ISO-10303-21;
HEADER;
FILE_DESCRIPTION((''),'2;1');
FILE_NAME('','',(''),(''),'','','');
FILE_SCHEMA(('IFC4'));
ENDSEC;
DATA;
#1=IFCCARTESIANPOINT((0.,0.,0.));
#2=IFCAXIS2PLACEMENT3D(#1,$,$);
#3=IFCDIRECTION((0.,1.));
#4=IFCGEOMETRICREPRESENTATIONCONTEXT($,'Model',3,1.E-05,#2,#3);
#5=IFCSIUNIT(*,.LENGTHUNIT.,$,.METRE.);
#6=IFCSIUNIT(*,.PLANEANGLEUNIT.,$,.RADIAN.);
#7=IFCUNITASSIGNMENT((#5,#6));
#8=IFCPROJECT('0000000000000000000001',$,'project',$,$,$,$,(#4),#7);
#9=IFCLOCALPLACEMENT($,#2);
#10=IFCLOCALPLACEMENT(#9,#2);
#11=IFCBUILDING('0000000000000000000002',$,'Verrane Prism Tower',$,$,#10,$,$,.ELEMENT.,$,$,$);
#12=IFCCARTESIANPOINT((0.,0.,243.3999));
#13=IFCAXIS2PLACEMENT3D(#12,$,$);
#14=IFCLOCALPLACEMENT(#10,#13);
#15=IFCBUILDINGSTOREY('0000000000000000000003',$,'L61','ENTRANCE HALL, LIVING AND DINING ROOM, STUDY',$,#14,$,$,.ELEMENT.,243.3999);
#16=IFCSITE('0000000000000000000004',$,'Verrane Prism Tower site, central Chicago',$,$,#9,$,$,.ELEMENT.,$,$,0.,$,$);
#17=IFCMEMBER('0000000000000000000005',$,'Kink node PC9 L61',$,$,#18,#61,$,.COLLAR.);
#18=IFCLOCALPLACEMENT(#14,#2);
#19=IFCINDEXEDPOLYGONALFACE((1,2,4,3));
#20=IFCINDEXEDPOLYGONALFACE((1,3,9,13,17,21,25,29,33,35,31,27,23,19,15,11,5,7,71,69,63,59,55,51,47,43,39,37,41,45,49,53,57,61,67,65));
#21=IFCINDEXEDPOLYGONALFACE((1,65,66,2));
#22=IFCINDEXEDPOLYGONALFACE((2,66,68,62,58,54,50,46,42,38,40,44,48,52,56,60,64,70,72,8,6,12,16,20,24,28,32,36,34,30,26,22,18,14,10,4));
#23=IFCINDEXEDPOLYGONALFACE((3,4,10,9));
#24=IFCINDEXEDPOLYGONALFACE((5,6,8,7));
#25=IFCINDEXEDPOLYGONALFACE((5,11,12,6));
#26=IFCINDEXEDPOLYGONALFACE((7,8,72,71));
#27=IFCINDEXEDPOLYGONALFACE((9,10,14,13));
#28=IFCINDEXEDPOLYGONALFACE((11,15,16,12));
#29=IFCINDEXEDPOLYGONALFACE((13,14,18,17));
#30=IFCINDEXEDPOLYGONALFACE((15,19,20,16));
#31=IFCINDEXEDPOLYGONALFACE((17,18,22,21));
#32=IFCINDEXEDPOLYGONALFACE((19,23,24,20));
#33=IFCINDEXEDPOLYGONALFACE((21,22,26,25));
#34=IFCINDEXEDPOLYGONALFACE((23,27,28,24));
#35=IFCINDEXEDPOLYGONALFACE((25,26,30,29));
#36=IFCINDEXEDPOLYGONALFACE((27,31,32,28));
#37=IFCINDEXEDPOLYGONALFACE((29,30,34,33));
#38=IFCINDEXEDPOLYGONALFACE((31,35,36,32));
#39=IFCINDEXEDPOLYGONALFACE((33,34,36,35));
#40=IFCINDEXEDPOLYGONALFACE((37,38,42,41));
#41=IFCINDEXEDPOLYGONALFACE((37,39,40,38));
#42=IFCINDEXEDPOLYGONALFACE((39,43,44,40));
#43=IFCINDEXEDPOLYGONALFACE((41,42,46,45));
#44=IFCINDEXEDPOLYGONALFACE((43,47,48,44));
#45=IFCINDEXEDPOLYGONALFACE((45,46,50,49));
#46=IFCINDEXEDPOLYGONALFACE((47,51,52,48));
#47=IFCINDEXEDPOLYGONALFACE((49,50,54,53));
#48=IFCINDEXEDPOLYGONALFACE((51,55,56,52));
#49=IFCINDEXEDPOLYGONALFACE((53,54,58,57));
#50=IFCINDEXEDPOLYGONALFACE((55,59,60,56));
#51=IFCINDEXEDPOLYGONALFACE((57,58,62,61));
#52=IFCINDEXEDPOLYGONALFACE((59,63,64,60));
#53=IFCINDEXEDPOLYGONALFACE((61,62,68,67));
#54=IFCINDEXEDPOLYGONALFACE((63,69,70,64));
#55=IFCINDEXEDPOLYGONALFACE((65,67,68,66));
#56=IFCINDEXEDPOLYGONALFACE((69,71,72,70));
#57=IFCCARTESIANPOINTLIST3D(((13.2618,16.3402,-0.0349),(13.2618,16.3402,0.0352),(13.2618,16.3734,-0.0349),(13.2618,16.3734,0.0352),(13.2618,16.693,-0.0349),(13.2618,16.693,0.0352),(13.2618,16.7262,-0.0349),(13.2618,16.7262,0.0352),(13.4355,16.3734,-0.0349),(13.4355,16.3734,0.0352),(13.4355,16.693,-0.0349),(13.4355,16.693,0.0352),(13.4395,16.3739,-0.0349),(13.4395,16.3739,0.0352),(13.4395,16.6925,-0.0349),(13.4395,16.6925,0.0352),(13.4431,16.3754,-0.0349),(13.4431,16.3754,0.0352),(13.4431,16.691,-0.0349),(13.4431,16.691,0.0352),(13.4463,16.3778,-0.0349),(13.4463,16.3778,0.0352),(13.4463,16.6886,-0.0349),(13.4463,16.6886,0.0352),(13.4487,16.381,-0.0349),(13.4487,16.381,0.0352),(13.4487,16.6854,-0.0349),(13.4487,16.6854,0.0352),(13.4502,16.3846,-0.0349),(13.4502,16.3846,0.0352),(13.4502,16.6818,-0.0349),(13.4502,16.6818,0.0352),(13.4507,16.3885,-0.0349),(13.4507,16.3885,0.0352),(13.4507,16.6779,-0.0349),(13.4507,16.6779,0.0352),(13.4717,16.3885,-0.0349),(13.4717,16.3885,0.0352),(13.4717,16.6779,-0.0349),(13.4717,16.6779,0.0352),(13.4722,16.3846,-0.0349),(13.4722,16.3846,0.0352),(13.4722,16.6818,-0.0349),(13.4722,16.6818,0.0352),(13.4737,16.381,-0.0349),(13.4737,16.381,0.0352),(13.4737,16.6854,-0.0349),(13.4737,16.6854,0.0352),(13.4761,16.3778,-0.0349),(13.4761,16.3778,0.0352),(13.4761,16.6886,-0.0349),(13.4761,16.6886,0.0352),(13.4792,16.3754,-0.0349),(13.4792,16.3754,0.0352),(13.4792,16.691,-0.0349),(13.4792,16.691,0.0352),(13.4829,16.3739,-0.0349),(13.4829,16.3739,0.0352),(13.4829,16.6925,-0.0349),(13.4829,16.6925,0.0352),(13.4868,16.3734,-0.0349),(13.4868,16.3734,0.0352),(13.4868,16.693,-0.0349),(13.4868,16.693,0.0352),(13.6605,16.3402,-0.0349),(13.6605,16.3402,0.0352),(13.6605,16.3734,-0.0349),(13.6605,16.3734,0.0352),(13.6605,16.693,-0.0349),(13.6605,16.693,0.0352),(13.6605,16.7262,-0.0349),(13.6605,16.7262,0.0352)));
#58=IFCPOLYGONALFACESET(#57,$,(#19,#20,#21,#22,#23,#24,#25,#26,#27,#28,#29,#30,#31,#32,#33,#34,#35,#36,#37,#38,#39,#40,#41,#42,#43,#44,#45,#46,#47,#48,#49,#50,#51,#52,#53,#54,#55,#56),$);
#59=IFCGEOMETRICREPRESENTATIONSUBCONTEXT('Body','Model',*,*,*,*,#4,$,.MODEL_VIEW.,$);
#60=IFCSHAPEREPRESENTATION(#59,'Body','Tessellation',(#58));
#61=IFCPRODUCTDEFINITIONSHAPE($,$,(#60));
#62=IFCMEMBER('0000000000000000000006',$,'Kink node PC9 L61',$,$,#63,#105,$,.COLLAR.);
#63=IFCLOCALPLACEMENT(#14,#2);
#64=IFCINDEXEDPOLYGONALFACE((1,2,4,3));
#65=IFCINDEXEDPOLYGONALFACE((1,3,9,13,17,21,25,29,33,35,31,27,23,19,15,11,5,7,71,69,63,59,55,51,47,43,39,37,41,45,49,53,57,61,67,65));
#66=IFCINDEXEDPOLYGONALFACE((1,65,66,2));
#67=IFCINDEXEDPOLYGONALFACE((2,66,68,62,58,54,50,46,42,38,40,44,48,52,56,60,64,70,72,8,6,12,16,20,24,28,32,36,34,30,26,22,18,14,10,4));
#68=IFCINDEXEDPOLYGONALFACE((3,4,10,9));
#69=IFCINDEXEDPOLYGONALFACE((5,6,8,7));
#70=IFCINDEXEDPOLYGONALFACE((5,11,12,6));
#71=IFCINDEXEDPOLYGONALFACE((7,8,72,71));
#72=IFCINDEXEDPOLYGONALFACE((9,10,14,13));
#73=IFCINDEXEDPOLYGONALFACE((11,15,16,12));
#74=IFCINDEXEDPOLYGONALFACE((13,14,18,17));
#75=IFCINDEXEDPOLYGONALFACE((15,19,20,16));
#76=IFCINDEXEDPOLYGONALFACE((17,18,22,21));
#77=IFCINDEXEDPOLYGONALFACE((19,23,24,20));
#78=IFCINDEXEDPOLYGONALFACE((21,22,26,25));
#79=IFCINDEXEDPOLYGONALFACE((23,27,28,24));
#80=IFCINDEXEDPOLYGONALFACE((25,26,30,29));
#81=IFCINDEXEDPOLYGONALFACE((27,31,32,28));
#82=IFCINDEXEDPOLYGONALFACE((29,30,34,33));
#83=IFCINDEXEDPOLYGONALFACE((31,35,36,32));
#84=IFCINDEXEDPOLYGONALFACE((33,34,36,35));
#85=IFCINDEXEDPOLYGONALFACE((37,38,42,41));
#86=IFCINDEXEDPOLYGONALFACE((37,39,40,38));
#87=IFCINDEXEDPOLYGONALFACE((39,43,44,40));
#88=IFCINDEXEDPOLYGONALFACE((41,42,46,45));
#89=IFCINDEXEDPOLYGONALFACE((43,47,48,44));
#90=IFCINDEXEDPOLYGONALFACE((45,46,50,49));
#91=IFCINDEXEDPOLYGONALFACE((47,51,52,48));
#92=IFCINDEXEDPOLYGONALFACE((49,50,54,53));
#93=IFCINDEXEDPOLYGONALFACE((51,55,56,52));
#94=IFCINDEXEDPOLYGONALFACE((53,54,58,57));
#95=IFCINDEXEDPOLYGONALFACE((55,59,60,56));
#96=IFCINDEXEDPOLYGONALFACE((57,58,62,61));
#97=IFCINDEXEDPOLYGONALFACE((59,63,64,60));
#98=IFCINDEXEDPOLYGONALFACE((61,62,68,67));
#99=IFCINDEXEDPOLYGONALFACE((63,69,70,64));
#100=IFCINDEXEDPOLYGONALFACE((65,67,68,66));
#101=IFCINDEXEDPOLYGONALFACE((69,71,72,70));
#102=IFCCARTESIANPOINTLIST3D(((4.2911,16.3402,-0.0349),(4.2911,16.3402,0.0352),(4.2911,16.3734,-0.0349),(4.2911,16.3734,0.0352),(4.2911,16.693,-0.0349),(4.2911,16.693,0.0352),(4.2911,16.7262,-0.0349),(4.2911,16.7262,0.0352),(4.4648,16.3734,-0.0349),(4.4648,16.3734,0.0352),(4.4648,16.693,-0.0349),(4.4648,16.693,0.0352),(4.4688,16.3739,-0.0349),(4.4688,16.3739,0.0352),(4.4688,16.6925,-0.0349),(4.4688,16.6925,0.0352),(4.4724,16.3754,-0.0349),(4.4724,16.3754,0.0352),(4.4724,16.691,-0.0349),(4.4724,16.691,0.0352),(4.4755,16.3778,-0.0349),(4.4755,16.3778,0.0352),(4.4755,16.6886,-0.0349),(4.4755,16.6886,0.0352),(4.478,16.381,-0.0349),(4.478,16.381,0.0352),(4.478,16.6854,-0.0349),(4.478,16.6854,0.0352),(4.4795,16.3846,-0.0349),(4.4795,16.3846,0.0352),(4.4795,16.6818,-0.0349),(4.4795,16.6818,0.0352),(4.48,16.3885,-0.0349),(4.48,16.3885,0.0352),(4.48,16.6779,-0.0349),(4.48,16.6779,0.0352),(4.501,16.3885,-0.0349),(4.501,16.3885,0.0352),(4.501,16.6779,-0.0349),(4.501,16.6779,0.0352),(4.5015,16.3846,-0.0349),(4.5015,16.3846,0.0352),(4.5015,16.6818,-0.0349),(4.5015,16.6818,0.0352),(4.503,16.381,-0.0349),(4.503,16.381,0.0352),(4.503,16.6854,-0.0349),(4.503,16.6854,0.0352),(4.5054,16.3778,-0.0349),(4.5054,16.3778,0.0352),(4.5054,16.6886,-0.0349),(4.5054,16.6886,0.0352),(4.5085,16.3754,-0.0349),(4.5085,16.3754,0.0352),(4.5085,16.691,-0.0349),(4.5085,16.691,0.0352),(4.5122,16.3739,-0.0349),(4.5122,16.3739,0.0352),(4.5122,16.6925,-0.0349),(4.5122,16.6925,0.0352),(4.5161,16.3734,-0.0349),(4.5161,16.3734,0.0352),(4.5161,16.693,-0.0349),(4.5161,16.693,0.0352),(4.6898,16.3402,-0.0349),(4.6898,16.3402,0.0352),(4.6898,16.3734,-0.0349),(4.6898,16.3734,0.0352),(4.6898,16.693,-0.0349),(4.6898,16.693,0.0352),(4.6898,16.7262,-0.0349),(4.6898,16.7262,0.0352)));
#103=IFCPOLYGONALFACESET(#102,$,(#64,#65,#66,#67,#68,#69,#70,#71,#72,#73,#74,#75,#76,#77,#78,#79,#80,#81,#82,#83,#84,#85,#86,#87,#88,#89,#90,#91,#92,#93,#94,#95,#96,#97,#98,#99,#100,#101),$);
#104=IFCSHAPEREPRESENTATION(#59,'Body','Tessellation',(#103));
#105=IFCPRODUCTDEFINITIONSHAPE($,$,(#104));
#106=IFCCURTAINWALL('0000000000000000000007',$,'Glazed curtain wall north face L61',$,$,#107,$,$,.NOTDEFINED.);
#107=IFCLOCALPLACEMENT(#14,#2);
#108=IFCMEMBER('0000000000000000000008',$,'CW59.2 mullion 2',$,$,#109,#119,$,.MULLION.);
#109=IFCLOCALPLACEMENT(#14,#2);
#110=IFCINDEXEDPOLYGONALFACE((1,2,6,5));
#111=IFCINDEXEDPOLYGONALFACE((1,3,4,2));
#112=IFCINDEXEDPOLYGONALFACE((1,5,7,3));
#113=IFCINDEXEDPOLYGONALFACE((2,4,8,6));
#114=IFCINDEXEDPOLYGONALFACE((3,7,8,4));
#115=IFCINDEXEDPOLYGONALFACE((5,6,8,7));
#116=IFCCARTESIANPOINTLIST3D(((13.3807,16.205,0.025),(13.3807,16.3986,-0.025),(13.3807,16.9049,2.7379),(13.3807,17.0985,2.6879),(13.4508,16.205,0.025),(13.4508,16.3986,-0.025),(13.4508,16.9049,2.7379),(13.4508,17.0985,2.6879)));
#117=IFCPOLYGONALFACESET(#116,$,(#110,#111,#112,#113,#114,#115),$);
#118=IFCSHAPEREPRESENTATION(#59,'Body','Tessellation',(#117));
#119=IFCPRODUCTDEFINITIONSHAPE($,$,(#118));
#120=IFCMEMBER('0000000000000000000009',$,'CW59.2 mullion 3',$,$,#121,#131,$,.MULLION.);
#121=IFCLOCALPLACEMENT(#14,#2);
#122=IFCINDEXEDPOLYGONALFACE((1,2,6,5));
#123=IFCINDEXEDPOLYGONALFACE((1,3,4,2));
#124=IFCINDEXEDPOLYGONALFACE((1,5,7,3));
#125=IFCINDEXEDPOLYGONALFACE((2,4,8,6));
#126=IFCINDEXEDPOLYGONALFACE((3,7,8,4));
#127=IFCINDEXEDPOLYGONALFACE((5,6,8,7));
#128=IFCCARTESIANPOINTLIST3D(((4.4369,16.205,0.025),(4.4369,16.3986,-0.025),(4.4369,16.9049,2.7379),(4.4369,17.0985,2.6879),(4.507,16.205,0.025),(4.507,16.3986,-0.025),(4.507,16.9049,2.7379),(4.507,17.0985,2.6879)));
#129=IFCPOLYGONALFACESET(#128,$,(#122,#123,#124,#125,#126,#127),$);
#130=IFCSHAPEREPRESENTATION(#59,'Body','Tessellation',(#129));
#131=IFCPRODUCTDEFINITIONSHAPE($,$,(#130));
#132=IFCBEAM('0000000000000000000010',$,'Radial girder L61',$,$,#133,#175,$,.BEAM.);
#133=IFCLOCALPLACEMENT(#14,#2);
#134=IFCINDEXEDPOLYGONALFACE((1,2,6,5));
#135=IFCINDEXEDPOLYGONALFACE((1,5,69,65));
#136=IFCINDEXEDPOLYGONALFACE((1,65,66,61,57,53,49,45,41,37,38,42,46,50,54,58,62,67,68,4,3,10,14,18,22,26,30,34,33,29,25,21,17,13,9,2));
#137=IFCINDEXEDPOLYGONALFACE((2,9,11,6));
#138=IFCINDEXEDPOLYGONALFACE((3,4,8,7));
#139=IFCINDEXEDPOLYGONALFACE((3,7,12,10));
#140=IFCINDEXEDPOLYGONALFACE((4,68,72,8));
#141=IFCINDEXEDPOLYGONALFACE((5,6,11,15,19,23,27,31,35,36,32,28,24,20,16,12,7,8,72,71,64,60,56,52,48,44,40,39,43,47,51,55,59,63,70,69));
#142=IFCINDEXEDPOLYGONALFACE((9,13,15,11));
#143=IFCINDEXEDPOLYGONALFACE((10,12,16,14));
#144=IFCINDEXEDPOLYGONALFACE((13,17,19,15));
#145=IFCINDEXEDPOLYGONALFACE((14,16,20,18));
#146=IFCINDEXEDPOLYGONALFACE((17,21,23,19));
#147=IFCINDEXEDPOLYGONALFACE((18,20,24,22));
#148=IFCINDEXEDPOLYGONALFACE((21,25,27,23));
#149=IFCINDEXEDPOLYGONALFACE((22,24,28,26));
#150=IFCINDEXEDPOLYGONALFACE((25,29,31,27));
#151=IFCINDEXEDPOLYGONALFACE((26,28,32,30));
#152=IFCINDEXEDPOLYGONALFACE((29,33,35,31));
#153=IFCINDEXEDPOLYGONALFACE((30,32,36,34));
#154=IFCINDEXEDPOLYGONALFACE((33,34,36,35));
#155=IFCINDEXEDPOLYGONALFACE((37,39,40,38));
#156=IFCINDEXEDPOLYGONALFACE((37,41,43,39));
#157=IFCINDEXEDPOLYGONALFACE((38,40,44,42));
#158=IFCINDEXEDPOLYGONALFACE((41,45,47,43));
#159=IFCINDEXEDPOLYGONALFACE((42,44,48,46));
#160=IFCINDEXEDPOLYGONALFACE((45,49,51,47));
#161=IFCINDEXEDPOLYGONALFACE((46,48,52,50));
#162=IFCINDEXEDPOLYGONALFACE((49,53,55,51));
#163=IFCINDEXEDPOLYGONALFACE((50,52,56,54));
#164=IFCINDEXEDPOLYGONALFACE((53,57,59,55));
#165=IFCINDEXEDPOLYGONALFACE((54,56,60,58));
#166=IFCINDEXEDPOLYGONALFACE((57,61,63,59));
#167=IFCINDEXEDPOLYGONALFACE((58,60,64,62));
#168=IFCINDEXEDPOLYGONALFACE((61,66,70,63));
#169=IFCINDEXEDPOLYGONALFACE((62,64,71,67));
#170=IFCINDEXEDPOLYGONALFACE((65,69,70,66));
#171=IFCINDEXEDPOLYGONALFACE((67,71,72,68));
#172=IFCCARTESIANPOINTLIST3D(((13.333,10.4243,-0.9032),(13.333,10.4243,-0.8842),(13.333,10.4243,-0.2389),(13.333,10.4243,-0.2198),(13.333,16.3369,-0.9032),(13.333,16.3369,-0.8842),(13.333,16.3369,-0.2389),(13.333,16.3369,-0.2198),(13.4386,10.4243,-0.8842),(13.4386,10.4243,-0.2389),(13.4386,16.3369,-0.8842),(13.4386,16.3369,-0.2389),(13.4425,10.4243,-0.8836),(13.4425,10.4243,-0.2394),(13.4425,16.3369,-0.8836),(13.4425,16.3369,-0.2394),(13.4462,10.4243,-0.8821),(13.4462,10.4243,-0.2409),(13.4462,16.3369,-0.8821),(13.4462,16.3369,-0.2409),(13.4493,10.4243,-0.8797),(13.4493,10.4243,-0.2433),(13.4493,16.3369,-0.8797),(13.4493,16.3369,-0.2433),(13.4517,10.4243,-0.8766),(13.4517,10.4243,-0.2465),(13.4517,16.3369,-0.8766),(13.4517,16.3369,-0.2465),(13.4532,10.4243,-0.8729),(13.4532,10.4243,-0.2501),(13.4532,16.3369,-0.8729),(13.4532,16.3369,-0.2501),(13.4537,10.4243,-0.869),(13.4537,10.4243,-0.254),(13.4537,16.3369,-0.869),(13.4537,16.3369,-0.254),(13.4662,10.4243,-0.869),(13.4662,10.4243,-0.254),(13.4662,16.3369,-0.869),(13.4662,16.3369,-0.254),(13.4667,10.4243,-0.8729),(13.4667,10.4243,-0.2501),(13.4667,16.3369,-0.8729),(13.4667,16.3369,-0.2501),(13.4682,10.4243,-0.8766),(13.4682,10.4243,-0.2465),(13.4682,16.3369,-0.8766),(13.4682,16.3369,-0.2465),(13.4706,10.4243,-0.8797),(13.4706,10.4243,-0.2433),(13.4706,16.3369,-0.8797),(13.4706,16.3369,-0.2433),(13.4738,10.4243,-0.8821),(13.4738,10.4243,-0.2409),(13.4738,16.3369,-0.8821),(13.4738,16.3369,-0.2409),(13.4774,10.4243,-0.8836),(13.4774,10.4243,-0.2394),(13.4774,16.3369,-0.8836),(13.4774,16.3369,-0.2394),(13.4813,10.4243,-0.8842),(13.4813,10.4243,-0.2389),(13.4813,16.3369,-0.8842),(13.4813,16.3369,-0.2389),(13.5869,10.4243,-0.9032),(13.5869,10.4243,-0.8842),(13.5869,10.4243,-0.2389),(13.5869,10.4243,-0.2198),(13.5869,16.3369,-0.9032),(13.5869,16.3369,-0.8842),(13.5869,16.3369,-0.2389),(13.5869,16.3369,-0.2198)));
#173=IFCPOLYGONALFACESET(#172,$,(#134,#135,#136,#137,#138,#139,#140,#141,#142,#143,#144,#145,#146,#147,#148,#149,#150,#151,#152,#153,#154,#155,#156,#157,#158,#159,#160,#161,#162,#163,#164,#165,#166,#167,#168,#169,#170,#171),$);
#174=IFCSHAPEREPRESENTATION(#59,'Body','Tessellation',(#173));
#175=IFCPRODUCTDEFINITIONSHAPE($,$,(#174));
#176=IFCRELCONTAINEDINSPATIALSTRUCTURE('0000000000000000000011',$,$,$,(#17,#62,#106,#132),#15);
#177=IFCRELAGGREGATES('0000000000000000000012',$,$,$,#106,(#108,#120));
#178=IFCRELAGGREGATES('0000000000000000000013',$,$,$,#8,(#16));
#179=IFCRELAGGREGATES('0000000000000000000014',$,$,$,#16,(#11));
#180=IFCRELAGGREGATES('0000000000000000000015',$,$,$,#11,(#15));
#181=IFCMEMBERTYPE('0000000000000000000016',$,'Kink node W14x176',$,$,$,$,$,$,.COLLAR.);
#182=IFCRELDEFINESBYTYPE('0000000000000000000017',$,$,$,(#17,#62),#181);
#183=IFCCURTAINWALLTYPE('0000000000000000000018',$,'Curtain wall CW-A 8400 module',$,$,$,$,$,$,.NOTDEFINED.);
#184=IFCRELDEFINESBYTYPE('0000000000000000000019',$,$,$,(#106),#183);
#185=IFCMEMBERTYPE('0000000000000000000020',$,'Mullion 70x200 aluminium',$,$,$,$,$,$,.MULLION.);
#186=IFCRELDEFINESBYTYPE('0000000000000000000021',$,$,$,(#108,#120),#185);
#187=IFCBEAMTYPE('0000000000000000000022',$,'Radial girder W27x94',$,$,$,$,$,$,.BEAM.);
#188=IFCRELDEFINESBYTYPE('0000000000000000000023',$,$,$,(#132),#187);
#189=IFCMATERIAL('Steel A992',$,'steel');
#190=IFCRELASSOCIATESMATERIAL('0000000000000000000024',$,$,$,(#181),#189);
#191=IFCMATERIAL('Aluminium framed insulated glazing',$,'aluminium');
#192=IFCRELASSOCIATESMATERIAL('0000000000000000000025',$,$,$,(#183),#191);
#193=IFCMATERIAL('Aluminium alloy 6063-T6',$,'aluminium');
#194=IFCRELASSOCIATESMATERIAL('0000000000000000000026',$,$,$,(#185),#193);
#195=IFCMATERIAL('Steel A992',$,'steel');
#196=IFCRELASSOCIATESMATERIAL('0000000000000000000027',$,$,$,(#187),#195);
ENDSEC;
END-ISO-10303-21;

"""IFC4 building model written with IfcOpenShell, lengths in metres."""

from ifc_helpers import new_model, si_unit, direction, frame, origin, origin_2d, place, context, subcontext, project, spatial, rectangle, i_section, extrude, material, material_profile, profile_set, type_object, element, aggregate, save


model = new_model("IFC4")

# Units and contexts
model_context = context("Model", 3, precision=1e-05, world=origin(), true_north=direction((0.0, 1.0)))
body_context = subcontext(model_context, "Body", "Model", "MODEL_VIEW")
ifc_project = project(units=[si_unit("LENGTHUNIT", "METRE"), si_unit("PLANEANGLEUNIT", "RADIAN")], contexts=[model_context])

# Site, building, storey
site_placement = place(None, origin())
site = spatial("IfcSite", under=ifc_project, at=site_placement, Name="Verrane Prism Tower site, central Chicago", CompositionType="ELEMENT", RefElevation=0.0)
building_placement = place(site_placement, origin())
building = spatial("IfcBuilding", under=site, at=building_placement, Name="Verrane Prism Tower", CompositionType="ELEMENT")
storey_placement = place(building_placement, frame((0.0, 0.0, 243.3999)))
storey = spatial("IfcBuildingStorey", under=building, at=storey_placement, Name="L61", Description="ENTRANCE HALL, LIVING AND DINING ROOM, STUDY", CompositionType="ELEMENT", Elevation=243.3999)

# Members
ifc_material_1 = material(Name="Steel A992", Category="steel")
ifc_material_profile_1 = material_profile(ifc_material_1, i_section(OverallWidth=0.3987, OverallDepth=0.386, WebThickness=0.021, FlangeThickness=0.0332, FilletRadius=0.0151, at=origin_2d()), Name="W14x176")
ifc_profile_set_1 = profile_set([ifc_material_profile_1], Name="Steel A992")
member_type_1 = type_object("IfcMemberType", Name="Kink node W14x176", PredefinedType="COLLAR", material=ifc_profile_set_1)
for number, where, z_axis, x_axis, name in (
    (1, (13.4612, 16.5332, -0.0349), (0.0, 0.0, 1.0), (1.0, 0.0, 0.0), "Kink node PC9 L61"),
    (2, (4.4905, 16.5332, -0.0349), (0.0, 0.0, 1.0), (1.0, 0.0, 0.0), "Kink node PC9 L61"),
):
    element("IfcMember", number, at=place(storey_placement, frame(where, z_axis=z_axis, x_axis=x_axis)), inside=storey, type_object=member_type_1, Name=name, PredefinedType="COLLAR", context=body_context, shape_type="SweptSolid", body=[
        extrude(i_section(OverallWidth=0.3987, OverallDepth=0.386, WebThickness=0.021, FlangeThickness=0.0332, FilletRadius=0.0151, at=origin_2d()), origin(), (0.0, 0.0, 1.0), 0.0701),
    ])

# Curtain wall, members
ifc_material_2 = material(Name="Aluminium framed insulated glazing", Category="aluminium")
curtain_wall_type = type_object("IfcCurtainWallType", Name="Curtain wall CW-A 8400 module", PredefinedType="NOTDEFINED", material=ifc_material_2)
curtain_wall_placement = place(storey_placement, origin())
curtain_wall = element("IfcCurtainWall", 3, at=curtain_wall_placement, inside=storey, type_object=curtain_wall_type, Name="Glazed curtain wall north face L61", PredefinedType="NOTDEFINED")
ifc_material_3 = material(Name="Aluminium alloy 6063-T6", Category="aluminium")
ifc_material_profile_2 = material_profile(ifc_material_3, rectangle(XDim=0.2, YDim=0.0701, at=origin_2d()), Name="Mullion 70x200 aluminium")
ifc_profile_set_2 = profile_set([ifc_material_profile_2], Name="Aluminium alloy 6063-T6")
member_type_2 = type_object("IfcMemberType", Name="Mullion 70x200 aluminium", PredefinedType="MULLION", material=ifc_profile_set_2)
member_1_placement = place(storey_placement, frame((13.4158, 16.3018, 0.0), z_axis=(0.0, 0.249828, 0.96829), x_axis=(0.0, 0.96829, -0.249828)))
member_1 = element("IfcMember", 4, at=member_1_placement, type_object=member_type_2, Name="CW59.2 mullion 2", PredefinedType="MULLION", context=body_context, shape_type="SweptSolid", body=[
    extrude(rectangle(XDim=0.2, YDim=0.0701, at=origin_2d()), origin(), (0.0, 0.0, 1.0), 2.8018),
])
member_2_placement = place(storey_placement, frame((4.4719, 16.3018, 0.0), z_axis=(0.0, 0.249828, 0.96829), x_axis=(0.0, 0.96829, -0.249828)))
member_2 = element("IfcMember", 5, at=member_2_placement, type_object=member_type_2, Name="CW59.2 mullion 3", PredefinedType="MULLION", context=body_context, shape_type="SweptSolid", body=[
    extrude(rectangle(XDim=0.2, YDim=0.0701, at=origin_2d()), origin(), (0.0, 0.0, 1.0), 2.8018),
])

# Beam
ifc_material_4 = material(Name="Steel A992", Category="steel")
ifc_material_profile_3 = material_profile(ifc_material_4, i_section(OverallWidth=0.2539, OverallDepth=0.6833, WebThickness=0.0125, FlangeThickness=0.019, FilletRadius=0.0151, at=origin_2d()), Name="W27x94")
ifc_profile_set_3 = profile_set([ifc_material_profile_3], Name="Steel A992")
beam_type_1 = type_object("IfcBeamType", Name="Radial girder W27x94", PredefinedType="BEAM", material=ifc_profile_set_3)
beam_1_placement = place(storey_placement, frame((13.46, 16.3369, -0.5615), z_axis=(0.0, -1.0, 0.0), x_axis=(1.0, 0.0, 0.0)))
element("IfcBeam", 6, at=beam_1_placement, inside=storey, type_object=beam_type_1, Name="Radial girder L61", PredefinedType="BEAM", context=body_context, shape_type="SweptSolid", body=[
    extrude(i_section(OverallWidth=0.2539, OverallDepth=0.6833, WebThickness=0.0125, FlangeThickness=0.019, FilletRadius=0.0151, at=origin_2d()), origin(), (0.0, 0.0, 1.0), 5.9126),
])

aggregate(curtain_wall, [member_1, member_2])

save(model, "model.ifc")
